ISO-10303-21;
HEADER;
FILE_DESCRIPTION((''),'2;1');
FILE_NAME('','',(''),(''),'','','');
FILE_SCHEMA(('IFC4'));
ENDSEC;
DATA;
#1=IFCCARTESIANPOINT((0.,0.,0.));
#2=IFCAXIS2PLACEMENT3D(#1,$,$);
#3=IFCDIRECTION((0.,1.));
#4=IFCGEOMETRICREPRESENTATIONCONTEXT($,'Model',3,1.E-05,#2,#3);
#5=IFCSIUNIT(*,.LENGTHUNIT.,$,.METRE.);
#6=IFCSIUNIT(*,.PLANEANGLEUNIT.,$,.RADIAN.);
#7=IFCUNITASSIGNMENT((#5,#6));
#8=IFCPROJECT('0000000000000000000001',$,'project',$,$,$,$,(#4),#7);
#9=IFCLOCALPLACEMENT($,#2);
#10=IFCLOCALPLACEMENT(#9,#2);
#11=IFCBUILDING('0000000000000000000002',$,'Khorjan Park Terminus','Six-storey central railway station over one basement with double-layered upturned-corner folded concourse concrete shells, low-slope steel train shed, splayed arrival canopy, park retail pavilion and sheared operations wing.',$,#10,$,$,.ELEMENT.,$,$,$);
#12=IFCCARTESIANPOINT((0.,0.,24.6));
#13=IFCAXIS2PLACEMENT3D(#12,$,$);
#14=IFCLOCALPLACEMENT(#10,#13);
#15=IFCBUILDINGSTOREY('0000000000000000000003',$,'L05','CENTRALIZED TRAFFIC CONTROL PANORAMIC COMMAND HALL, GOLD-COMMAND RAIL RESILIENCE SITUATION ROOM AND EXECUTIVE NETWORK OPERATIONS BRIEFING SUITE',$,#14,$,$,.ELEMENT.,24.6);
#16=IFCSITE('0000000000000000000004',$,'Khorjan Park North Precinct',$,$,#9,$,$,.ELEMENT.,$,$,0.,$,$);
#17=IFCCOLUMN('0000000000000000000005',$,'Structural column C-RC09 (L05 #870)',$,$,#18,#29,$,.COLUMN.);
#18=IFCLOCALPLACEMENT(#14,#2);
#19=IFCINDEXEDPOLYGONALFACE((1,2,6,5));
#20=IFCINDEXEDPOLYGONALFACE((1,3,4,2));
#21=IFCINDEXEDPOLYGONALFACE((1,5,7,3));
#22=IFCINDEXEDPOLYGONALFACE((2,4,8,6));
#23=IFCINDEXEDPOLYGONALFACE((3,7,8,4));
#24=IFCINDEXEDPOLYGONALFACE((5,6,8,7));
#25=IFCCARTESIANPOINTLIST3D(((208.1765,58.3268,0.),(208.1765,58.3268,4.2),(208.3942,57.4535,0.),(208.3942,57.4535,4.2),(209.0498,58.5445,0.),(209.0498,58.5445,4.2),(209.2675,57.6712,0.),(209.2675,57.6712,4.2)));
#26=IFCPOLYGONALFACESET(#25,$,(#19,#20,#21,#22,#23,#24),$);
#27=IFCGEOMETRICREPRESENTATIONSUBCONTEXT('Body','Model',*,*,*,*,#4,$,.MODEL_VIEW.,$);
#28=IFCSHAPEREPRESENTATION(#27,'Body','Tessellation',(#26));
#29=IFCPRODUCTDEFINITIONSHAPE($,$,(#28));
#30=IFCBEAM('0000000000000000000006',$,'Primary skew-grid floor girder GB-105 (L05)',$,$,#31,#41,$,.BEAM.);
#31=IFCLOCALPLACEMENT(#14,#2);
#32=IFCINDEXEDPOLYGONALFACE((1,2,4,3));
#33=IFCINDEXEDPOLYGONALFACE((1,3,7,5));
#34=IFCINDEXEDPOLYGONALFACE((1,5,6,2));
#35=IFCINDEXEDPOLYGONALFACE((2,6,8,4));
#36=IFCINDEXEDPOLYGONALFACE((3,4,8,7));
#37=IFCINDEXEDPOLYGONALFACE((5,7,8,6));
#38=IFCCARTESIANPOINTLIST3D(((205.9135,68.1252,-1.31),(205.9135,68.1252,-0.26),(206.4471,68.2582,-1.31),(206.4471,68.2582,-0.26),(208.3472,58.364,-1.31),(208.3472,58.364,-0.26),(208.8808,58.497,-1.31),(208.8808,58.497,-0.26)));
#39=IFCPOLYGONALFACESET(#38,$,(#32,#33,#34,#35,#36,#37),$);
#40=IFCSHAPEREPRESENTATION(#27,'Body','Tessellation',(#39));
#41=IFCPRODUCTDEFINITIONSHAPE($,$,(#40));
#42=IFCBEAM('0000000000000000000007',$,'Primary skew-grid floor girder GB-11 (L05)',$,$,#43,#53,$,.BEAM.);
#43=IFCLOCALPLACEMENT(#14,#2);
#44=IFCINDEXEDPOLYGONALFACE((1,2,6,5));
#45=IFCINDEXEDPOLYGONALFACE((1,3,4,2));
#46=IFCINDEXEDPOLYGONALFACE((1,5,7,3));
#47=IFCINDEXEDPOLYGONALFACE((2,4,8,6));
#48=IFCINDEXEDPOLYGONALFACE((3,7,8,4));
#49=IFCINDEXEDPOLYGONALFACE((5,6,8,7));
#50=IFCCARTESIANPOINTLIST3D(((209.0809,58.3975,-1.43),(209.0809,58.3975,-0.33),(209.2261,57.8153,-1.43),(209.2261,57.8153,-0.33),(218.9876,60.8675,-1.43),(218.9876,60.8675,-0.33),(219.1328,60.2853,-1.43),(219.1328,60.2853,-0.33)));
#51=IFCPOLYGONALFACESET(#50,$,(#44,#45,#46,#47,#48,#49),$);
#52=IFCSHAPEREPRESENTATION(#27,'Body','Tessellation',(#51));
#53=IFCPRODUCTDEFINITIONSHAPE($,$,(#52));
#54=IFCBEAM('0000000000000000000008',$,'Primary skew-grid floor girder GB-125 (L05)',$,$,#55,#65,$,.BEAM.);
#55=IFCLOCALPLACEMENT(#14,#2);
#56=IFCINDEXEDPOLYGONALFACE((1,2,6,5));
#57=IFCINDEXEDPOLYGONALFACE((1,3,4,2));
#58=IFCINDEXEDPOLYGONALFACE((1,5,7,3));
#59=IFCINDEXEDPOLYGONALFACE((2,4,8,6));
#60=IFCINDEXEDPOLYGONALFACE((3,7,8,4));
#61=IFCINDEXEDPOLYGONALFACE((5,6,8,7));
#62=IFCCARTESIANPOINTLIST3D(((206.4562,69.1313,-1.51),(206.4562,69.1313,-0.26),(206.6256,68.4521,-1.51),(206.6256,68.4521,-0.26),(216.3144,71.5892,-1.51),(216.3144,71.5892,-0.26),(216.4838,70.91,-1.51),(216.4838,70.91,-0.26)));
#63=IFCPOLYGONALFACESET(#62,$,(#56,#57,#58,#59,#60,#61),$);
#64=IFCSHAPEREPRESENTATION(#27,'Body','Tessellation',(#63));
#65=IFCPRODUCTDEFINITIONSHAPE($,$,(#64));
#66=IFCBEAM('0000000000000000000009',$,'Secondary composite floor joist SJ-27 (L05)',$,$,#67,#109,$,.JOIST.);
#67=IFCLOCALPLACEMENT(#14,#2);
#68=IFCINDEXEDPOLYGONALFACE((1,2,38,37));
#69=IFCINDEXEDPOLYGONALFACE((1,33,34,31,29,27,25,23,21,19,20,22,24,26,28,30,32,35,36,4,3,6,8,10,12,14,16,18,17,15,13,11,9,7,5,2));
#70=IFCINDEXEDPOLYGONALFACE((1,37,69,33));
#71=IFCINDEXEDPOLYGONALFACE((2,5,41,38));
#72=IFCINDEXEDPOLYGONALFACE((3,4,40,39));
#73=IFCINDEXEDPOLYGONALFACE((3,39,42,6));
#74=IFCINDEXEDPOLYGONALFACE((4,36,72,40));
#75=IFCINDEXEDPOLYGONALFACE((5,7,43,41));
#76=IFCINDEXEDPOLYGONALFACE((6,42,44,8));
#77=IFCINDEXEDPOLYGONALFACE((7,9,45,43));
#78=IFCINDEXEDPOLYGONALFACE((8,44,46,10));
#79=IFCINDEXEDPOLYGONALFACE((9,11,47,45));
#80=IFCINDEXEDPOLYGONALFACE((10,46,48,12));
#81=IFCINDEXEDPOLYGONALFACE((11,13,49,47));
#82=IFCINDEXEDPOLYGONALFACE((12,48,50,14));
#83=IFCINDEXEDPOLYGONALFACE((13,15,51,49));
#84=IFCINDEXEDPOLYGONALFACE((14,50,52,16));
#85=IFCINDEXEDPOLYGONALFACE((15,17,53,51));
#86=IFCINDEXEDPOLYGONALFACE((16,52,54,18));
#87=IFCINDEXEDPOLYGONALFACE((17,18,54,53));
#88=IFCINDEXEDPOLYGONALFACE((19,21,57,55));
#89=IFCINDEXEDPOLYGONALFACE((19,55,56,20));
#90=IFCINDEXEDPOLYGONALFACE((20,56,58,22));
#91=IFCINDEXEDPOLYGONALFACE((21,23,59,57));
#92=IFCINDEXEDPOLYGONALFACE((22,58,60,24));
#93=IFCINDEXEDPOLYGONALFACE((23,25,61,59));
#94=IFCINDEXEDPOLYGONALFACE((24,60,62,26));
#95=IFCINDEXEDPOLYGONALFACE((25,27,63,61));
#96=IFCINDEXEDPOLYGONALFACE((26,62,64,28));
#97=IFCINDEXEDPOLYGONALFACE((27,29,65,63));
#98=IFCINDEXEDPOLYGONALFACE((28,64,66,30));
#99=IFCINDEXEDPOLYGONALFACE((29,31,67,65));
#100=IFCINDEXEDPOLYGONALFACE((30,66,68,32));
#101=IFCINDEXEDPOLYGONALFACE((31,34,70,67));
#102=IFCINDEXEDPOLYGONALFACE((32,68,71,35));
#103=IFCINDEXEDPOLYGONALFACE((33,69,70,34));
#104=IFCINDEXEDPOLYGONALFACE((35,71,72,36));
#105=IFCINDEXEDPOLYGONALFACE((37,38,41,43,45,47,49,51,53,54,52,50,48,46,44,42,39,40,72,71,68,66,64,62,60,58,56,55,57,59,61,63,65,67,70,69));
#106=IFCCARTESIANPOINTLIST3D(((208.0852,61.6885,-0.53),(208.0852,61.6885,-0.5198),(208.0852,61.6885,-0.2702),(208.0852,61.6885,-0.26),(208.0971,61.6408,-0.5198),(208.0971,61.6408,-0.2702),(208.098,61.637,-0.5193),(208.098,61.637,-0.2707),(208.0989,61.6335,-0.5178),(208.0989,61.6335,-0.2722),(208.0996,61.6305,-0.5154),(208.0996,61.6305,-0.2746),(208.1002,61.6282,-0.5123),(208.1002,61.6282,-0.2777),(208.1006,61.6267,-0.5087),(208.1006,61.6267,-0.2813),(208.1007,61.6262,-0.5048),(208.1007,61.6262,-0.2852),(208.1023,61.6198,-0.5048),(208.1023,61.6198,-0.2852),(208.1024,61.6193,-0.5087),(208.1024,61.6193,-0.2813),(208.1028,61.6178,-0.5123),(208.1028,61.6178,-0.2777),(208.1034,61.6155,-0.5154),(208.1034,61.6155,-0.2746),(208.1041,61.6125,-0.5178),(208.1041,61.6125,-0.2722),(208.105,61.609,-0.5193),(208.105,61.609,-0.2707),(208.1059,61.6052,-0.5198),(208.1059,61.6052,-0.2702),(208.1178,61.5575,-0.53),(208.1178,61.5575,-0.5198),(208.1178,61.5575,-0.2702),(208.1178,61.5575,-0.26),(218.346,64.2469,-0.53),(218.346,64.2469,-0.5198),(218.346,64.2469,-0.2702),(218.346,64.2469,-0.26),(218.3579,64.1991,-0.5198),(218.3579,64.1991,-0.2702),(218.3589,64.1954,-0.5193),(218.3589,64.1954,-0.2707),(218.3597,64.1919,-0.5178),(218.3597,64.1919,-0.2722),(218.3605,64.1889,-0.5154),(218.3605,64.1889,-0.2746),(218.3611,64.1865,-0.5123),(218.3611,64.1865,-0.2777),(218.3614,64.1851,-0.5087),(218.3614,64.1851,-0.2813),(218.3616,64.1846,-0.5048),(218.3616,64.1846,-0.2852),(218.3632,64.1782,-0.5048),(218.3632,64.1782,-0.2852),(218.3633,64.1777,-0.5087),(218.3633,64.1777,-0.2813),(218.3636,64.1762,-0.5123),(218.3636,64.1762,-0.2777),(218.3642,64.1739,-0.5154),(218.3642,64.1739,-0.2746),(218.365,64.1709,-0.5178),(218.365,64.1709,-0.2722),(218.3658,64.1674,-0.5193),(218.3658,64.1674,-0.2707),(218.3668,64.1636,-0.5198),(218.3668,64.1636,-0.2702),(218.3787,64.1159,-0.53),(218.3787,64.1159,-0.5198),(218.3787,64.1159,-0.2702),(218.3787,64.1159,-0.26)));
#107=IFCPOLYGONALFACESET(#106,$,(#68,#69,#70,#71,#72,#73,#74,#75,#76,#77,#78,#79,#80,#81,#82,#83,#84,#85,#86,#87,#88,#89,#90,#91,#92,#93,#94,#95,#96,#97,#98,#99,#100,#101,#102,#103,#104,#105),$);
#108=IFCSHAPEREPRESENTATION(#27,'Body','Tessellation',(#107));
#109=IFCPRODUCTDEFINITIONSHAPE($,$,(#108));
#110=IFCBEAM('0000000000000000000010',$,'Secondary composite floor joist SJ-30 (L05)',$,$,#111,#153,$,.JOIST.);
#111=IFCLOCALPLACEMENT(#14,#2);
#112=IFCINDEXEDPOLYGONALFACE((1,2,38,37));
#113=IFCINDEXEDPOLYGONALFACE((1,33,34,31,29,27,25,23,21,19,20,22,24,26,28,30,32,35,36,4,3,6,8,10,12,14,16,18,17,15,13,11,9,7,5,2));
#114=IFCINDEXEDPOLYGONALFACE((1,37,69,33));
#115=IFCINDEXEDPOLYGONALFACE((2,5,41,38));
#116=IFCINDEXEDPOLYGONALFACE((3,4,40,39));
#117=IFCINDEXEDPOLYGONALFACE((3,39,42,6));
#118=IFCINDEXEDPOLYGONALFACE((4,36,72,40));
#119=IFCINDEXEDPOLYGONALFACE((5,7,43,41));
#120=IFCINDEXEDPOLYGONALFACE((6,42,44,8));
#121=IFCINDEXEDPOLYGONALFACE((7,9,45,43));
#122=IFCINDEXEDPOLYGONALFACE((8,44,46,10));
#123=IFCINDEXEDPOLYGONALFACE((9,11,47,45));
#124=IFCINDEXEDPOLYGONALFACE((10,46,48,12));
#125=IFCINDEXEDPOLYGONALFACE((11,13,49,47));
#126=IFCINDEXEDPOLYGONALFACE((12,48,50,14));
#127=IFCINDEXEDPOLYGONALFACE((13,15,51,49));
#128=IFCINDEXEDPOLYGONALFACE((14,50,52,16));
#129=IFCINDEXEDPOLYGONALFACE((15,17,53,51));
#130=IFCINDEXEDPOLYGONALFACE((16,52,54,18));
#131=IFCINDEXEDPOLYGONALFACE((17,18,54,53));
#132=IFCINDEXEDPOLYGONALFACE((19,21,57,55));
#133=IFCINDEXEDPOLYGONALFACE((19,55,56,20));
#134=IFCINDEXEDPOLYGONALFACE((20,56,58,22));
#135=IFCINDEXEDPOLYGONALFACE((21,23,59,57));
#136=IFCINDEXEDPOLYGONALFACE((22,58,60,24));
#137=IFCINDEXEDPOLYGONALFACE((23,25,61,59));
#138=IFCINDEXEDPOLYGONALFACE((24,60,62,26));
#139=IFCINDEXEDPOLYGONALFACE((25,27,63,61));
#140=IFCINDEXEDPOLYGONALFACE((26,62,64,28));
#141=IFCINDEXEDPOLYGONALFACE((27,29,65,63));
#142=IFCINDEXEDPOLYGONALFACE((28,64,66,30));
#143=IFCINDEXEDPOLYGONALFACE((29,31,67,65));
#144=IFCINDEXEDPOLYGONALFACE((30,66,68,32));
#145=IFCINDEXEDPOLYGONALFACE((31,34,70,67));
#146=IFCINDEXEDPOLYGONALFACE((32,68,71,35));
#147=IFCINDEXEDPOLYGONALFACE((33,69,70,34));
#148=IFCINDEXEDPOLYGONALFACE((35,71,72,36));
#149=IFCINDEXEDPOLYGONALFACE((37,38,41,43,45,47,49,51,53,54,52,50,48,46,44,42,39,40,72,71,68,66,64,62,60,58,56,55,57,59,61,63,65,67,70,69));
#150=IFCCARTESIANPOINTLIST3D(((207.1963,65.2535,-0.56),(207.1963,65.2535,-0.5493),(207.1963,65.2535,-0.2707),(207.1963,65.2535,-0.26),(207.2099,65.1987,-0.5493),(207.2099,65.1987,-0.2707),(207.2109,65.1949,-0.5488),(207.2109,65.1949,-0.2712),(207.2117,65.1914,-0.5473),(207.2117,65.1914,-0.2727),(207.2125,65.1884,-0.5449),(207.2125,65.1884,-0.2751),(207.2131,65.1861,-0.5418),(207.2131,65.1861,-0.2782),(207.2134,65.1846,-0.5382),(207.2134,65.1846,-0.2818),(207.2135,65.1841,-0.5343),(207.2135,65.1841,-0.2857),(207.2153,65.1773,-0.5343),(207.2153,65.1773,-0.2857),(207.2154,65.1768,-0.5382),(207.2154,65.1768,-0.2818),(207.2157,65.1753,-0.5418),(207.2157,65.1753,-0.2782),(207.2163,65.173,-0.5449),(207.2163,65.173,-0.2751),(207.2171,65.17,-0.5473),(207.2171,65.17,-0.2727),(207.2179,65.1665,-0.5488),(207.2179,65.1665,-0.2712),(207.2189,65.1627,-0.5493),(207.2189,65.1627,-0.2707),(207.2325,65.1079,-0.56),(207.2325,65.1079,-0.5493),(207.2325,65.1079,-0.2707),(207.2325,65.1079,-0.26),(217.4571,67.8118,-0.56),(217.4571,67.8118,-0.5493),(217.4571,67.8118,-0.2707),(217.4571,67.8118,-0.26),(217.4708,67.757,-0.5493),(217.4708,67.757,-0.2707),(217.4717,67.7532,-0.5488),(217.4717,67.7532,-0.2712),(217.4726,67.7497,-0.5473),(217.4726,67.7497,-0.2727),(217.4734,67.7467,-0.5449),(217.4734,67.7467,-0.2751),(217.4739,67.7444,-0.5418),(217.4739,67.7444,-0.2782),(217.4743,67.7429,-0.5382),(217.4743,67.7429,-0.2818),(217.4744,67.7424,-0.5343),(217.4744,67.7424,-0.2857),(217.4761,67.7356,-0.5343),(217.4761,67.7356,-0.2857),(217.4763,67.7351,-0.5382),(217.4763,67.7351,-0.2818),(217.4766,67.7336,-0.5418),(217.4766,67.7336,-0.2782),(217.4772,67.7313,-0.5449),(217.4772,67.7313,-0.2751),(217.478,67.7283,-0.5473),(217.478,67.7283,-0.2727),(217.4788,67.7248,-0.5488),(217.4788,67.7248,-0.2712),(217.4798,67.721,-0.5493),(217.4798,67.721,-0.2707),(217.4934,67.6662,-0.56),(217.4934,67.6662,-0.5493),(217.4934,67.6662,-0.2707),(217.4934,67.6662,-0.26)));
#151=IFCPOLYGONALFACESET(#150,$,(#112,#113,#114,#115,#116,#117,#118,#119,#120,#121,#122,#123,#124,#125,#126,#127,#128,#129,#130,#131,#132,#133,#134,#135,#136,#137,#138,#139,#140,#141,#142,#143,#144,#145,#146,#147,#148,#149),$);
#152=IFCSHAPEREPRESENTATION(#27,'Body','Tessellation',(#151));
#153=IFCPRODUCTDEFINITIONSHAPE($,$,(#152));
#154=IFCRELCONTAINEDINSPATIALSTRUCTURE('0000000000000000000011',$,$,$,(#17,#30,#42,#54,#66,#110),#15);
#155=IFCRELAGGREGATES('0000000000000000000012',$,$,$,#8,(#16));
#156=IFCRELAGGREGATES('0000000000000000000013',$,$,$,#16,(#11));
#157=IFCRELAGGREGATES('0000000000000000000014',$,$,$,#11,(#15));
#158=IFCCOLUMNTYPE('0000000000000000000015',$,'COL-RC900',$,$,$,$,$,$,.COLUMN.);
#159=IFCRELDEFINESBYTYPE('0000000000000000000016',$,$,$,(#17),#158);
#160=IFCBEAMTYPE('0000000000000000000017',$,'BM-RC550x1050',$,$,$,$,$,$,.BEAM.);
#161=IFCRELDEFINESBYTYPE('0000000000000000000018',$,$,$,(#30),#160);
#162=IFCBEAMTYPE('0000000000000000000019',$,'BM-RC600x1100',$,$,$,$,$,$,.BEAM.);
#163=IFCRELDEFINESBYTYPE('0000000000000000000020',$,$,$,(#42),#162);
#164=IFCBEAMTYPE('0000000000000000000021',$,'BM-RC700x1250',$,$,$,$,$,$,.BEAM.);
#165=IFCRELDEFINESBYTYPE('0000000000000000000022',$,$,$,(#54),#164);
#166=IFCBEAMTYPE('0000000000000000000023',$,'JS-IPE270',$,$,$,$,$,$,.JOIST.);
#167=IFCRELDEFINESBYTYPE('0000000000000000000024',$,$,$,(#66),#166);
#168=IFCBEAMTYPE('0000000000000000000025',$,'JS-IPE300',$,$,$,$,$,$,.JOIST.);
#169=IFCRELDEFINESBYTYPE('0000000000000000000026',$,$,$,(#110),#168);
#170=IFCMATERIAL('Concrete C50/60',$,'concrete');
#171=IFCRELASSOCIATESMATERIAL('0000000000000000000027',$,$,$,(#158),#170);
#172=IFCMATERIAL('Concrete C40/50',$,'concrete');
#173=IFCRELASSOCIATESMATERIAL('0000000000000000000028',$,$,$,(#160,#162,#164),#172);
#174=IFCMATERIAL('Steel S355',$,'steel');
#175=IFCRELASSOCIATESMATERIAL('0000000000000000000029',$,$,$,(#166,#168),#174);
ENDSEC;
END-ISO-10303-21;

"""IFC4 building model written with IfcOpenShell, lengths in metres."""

from ifc_helpers import new_model, si_unit, direction, frame, origin, origin_2d, place, context, subcontext, project, spatial, rectangle, i_section, extrude, material, material_profile, profile_set, type_object, element, save


model = new_model("IFC4")

# Units and contexts
model_context = context("Model", 3, precision=1e-05, world=origin(), true_north=direction((0.0, 1.0)))
body_context = subcontext(model_context, "Body", "Model", "MODEL_VIEW")
ifc_project = project(units=[si_unit("LENGTHUNIT", "METRE"), si_unit("PLANEANGLEUNIT", "RADIAN")], contexts=[model_context])

# Site, building, storey
site_placement = place(None, origin())
site = spatial("IfcSite", under=ifc_project, at=site_placement, Name="Khorjan Park North Precinct", CompositionType="ELEMENT", RefElevation=0.0)
building_placement = place(site_placement, origin())
building = spatial("IfcBuilding", under=site, at=building_placement, Name="Khorjan Park Terminus", Description="Six-storey central railway station over one basement with double-layered upturned-corner folded concourse concrete shells, low-slope steel train shed, splayed arrival canopy, park retail pavilion and sheared operations wing.", CompositionType="ELEMENT")
storey_placement = place(building_placement, frame((0.0, 0.0, 24.6)))
storey = spatial("IfcBuildingStorey", under=building, at=storey_placement, Name="L05", Description="CENTRALIZED TRAFFIC CONTROL PANORAMIC COMMAND HALL, GOLD-COMMAND RAIL RESILIENCE SITUATION ROOM AND EXECUTIVE NETWORK OPERATIONS BRIEFING SUITE", CompositionType="ELEMENT", Elevation=24.6)

# Column
ifc_material_1 = material(Name="Concrete C50/60", Category="concrete")
ifc_material_profile_1 = material_profile(ifc_material_1, rectangle(XDim=0.9, YDim=0.9, at=origin_2d()), Name="RC 900x900")
ifc_profile_set_1 = profile_set([ifc_material_profile_1], Name="Concrete C50/60")
column_type = type_object("IfcColumnType", Name="COL-RC900", PredefinedType="COLUMN", material=ifc_profile_set_1)
column_placement = place(storey_placement, frame((208.722, 57.999, 0.0), z_axis=(0.0, 0.0, 1.0), x_axis=(0.970296, 0.241922, 0.0)))
element("IfcColumn", 1, at=column_placement, inside=storey, type_object=column_type, Name="Structural column C-RC09 (L05 #870)", PredefinedType="COLUMN", context=body_context, shape_type="SweptSolid", body=[
    extrude(rectangle(XDim=0.9, YDim=0.9, at=origin_2d()), origin(), (0.0, 0.0, 1.0), 4.2),
])

# Beams
ifc_material_2 = material(Name="Concrete C40/50", Category="concrete")
ifc_material_profile_2 = material_profile(ifc_material_2, rectangle(XDim=0.55, YDim=1.05, at=origin_2d()), Name="RC 550x1050")
ifc_profile_set_2 = profile_set([ifc_material_profile_2], Name="Concrete C40/50")
beam_type_1 = type_object("IfcBeamType", Name="BM-RC550x1050", PredefinedType="BEAM", material=ifc_profile_set_2)
beam_1_placement = place(storey_placement, frame((208.614, 58.4305, -0.785), z_axis=(-0.241918, 0.970297, 0.0), x_axis=(-0.970297, -0.241918, 0.0)))
element("IfcBeam", 2, at=beam_1_placement, inside=storey, type_object=beam_type_1, Name="Primary skew-grid floor girder GB-105 (L05)", PredefinedType="BEAM", context=body_context, shape_type="SweptSolid", body=[
    extrude(rectangle(XDim=0.55, YDim=1.05, at=origin_2d()), origin(), (0.0, 0.0, 1.0), 10.06),
])
ifc_material_profile_3 = material_profile(ifc_material_2, rectangle(XDim=0.6, YDim=1.1, at=origin_2d()), Name="RC 600x1100")
ifc_profile_set_3 = profile_set([ifc_material_profile_3], Name="Concrete C40/50")
beam_type_2 = type_object("IfcBeamType", Name="BM-RC600x1100", PredefinedType="BEAM", material=ifc_profile_set_3)
beam_2_placement = place(storey_placement, frame((209.1535, 58.1064, -0.88), z_axis=(0.970296, 0.24192, 0.0), x_axis=(-0.24192, 0.970296, 0.0)))
element("IfcBeam", 3, at=beam_2_placement, inside=storey, type_object=beam_type_2, Name="Primary skew-grid floor girder GB-11 (L05)", PredefinedType="BEAM", context=body_context, shape_type="SweptSolid", body=[
    extrude(rectangle(XDim=0.6, YDim=1.1, at=origin_2d()), origin(), (0.0, 0.0, 1.0), 10.21),
])
ifc_material_profile_4 = material_profile(ifc_material_2, rectangle(XDim=0.7, YDim=1.25, at=origin_2d()), Name="RC 700x1250")
ifc_profile_set_4 = profile_set([ifc_material_profile_4], Name="Concrete C40/50")
beam_type_3 = type_object("IfcBeamType", Name="BM-RC700x1250", PredefinedType="BEAM", material=ifc_profile_set_4)
beam_3_placement = place(storey_placement, frame((206.5409, 68.7917, -0.885), z_axis=(0.970296, 0.24192, 0.0), x_axis=(-0.24192, 0.970296, 0.0)))
element("IfcBeam", 4, at=beam_3_placement, inside=storey, type_object=beam_type_3, Name="Primary skew-grid floor girder GB-125 (L05)", PredefinedType="BEAM", context=body_context, shape_type="SweptSolid", body=[
    extrude(rectangle(XDim=0.7, YDim=1.25, at=origin_2d()), origin(), (0.0, 0.0, 1.0), 10.16),
])
ifc_material_3 = material(Name="Steel S355", Category="steel")
ifc_material_profile_5 = material_profile(ifc_material_3, i_section(OverallWidth=0.135, OverallDepth=0.27, WebThickness=0.0066, FlangeThickness=0.0102, FilletRadius=0.015, at=origin_2d()), Name="IPE 270")
ifc_profile_set_5 = profile_set([ifc_material_profile_5], Name="Steel S355")
beam_type_4 = type_object("IfcBeamType", Name="JS-IPE270", PredefinedType="JOIST", material=ifc_profile_set_5)
beam_4_placement = place(storey_placement, frame((208.1015, 61.623, -0.395), z_axis=(0.970294, 0.241928, 0.0), x_axis=(-0.241928, 0.970294, 0.0)))
element("IfcBeam", 5, at=beam_4_placement, inside=storey, type_object=beam_type_4, Name="Secondary composite floor joist SJ-27 (L05)", PredefinedType="JOIST", context=body_context, shape_type="SweptSolid", body=[
    extrude(i_section(OverallWidth=0.135, OverallDepth=0.27, WebThickness=0.0066, FlangeThickness=0.0102, FilletRadius=0.015, at=origin_2d()), origin(), (0.0, 0.0, 1.0), 10.575),
])
ifc_material_profile_6 = material_profile(ifc_material_3, i_section(OverallWidth=0.15, OverallDepth=0.3, WebThickness=0.0071, FlangeThickness=0.0107, FilletRadius=0.015, at=origin_2d()), Name="IPE 300")
ifc_profile_set_6 = profile_set([ifc_material_profile_6], Name="Steel S355")
beam_type_5 = type_object("IfcBeamType", Name="JS-IPE300", PredefinedType="JOIST", material=ifc_profile_set_6)
beam_5_placement = place(storey_placement, frame((207.2144, 65.1807, -0.41), z_axis=(0.970296, 0.241919, 0.0), x_axis=(-0.241919, 0.970296, 0.0)))
element("IfcBeam", 6, at=beam_5_placement, inside=storey, type_object=beam_type_5, Name="Secondary composite floor joist SJ-30 (L05)", PredefinedType="JOIST", context=body_context, shape_type="SweptSolid", body=[
    extrude(i_section(OverallWidth=0.15, OverallDepth=0.3, WebThickness=0.0071, FlangeThickness=0.0107, FilletRadius=0.015, at=origin_2d()), origin(), (0.0, 0.0, 1.0), 10.575),
])

save(model, "model.ifc")
